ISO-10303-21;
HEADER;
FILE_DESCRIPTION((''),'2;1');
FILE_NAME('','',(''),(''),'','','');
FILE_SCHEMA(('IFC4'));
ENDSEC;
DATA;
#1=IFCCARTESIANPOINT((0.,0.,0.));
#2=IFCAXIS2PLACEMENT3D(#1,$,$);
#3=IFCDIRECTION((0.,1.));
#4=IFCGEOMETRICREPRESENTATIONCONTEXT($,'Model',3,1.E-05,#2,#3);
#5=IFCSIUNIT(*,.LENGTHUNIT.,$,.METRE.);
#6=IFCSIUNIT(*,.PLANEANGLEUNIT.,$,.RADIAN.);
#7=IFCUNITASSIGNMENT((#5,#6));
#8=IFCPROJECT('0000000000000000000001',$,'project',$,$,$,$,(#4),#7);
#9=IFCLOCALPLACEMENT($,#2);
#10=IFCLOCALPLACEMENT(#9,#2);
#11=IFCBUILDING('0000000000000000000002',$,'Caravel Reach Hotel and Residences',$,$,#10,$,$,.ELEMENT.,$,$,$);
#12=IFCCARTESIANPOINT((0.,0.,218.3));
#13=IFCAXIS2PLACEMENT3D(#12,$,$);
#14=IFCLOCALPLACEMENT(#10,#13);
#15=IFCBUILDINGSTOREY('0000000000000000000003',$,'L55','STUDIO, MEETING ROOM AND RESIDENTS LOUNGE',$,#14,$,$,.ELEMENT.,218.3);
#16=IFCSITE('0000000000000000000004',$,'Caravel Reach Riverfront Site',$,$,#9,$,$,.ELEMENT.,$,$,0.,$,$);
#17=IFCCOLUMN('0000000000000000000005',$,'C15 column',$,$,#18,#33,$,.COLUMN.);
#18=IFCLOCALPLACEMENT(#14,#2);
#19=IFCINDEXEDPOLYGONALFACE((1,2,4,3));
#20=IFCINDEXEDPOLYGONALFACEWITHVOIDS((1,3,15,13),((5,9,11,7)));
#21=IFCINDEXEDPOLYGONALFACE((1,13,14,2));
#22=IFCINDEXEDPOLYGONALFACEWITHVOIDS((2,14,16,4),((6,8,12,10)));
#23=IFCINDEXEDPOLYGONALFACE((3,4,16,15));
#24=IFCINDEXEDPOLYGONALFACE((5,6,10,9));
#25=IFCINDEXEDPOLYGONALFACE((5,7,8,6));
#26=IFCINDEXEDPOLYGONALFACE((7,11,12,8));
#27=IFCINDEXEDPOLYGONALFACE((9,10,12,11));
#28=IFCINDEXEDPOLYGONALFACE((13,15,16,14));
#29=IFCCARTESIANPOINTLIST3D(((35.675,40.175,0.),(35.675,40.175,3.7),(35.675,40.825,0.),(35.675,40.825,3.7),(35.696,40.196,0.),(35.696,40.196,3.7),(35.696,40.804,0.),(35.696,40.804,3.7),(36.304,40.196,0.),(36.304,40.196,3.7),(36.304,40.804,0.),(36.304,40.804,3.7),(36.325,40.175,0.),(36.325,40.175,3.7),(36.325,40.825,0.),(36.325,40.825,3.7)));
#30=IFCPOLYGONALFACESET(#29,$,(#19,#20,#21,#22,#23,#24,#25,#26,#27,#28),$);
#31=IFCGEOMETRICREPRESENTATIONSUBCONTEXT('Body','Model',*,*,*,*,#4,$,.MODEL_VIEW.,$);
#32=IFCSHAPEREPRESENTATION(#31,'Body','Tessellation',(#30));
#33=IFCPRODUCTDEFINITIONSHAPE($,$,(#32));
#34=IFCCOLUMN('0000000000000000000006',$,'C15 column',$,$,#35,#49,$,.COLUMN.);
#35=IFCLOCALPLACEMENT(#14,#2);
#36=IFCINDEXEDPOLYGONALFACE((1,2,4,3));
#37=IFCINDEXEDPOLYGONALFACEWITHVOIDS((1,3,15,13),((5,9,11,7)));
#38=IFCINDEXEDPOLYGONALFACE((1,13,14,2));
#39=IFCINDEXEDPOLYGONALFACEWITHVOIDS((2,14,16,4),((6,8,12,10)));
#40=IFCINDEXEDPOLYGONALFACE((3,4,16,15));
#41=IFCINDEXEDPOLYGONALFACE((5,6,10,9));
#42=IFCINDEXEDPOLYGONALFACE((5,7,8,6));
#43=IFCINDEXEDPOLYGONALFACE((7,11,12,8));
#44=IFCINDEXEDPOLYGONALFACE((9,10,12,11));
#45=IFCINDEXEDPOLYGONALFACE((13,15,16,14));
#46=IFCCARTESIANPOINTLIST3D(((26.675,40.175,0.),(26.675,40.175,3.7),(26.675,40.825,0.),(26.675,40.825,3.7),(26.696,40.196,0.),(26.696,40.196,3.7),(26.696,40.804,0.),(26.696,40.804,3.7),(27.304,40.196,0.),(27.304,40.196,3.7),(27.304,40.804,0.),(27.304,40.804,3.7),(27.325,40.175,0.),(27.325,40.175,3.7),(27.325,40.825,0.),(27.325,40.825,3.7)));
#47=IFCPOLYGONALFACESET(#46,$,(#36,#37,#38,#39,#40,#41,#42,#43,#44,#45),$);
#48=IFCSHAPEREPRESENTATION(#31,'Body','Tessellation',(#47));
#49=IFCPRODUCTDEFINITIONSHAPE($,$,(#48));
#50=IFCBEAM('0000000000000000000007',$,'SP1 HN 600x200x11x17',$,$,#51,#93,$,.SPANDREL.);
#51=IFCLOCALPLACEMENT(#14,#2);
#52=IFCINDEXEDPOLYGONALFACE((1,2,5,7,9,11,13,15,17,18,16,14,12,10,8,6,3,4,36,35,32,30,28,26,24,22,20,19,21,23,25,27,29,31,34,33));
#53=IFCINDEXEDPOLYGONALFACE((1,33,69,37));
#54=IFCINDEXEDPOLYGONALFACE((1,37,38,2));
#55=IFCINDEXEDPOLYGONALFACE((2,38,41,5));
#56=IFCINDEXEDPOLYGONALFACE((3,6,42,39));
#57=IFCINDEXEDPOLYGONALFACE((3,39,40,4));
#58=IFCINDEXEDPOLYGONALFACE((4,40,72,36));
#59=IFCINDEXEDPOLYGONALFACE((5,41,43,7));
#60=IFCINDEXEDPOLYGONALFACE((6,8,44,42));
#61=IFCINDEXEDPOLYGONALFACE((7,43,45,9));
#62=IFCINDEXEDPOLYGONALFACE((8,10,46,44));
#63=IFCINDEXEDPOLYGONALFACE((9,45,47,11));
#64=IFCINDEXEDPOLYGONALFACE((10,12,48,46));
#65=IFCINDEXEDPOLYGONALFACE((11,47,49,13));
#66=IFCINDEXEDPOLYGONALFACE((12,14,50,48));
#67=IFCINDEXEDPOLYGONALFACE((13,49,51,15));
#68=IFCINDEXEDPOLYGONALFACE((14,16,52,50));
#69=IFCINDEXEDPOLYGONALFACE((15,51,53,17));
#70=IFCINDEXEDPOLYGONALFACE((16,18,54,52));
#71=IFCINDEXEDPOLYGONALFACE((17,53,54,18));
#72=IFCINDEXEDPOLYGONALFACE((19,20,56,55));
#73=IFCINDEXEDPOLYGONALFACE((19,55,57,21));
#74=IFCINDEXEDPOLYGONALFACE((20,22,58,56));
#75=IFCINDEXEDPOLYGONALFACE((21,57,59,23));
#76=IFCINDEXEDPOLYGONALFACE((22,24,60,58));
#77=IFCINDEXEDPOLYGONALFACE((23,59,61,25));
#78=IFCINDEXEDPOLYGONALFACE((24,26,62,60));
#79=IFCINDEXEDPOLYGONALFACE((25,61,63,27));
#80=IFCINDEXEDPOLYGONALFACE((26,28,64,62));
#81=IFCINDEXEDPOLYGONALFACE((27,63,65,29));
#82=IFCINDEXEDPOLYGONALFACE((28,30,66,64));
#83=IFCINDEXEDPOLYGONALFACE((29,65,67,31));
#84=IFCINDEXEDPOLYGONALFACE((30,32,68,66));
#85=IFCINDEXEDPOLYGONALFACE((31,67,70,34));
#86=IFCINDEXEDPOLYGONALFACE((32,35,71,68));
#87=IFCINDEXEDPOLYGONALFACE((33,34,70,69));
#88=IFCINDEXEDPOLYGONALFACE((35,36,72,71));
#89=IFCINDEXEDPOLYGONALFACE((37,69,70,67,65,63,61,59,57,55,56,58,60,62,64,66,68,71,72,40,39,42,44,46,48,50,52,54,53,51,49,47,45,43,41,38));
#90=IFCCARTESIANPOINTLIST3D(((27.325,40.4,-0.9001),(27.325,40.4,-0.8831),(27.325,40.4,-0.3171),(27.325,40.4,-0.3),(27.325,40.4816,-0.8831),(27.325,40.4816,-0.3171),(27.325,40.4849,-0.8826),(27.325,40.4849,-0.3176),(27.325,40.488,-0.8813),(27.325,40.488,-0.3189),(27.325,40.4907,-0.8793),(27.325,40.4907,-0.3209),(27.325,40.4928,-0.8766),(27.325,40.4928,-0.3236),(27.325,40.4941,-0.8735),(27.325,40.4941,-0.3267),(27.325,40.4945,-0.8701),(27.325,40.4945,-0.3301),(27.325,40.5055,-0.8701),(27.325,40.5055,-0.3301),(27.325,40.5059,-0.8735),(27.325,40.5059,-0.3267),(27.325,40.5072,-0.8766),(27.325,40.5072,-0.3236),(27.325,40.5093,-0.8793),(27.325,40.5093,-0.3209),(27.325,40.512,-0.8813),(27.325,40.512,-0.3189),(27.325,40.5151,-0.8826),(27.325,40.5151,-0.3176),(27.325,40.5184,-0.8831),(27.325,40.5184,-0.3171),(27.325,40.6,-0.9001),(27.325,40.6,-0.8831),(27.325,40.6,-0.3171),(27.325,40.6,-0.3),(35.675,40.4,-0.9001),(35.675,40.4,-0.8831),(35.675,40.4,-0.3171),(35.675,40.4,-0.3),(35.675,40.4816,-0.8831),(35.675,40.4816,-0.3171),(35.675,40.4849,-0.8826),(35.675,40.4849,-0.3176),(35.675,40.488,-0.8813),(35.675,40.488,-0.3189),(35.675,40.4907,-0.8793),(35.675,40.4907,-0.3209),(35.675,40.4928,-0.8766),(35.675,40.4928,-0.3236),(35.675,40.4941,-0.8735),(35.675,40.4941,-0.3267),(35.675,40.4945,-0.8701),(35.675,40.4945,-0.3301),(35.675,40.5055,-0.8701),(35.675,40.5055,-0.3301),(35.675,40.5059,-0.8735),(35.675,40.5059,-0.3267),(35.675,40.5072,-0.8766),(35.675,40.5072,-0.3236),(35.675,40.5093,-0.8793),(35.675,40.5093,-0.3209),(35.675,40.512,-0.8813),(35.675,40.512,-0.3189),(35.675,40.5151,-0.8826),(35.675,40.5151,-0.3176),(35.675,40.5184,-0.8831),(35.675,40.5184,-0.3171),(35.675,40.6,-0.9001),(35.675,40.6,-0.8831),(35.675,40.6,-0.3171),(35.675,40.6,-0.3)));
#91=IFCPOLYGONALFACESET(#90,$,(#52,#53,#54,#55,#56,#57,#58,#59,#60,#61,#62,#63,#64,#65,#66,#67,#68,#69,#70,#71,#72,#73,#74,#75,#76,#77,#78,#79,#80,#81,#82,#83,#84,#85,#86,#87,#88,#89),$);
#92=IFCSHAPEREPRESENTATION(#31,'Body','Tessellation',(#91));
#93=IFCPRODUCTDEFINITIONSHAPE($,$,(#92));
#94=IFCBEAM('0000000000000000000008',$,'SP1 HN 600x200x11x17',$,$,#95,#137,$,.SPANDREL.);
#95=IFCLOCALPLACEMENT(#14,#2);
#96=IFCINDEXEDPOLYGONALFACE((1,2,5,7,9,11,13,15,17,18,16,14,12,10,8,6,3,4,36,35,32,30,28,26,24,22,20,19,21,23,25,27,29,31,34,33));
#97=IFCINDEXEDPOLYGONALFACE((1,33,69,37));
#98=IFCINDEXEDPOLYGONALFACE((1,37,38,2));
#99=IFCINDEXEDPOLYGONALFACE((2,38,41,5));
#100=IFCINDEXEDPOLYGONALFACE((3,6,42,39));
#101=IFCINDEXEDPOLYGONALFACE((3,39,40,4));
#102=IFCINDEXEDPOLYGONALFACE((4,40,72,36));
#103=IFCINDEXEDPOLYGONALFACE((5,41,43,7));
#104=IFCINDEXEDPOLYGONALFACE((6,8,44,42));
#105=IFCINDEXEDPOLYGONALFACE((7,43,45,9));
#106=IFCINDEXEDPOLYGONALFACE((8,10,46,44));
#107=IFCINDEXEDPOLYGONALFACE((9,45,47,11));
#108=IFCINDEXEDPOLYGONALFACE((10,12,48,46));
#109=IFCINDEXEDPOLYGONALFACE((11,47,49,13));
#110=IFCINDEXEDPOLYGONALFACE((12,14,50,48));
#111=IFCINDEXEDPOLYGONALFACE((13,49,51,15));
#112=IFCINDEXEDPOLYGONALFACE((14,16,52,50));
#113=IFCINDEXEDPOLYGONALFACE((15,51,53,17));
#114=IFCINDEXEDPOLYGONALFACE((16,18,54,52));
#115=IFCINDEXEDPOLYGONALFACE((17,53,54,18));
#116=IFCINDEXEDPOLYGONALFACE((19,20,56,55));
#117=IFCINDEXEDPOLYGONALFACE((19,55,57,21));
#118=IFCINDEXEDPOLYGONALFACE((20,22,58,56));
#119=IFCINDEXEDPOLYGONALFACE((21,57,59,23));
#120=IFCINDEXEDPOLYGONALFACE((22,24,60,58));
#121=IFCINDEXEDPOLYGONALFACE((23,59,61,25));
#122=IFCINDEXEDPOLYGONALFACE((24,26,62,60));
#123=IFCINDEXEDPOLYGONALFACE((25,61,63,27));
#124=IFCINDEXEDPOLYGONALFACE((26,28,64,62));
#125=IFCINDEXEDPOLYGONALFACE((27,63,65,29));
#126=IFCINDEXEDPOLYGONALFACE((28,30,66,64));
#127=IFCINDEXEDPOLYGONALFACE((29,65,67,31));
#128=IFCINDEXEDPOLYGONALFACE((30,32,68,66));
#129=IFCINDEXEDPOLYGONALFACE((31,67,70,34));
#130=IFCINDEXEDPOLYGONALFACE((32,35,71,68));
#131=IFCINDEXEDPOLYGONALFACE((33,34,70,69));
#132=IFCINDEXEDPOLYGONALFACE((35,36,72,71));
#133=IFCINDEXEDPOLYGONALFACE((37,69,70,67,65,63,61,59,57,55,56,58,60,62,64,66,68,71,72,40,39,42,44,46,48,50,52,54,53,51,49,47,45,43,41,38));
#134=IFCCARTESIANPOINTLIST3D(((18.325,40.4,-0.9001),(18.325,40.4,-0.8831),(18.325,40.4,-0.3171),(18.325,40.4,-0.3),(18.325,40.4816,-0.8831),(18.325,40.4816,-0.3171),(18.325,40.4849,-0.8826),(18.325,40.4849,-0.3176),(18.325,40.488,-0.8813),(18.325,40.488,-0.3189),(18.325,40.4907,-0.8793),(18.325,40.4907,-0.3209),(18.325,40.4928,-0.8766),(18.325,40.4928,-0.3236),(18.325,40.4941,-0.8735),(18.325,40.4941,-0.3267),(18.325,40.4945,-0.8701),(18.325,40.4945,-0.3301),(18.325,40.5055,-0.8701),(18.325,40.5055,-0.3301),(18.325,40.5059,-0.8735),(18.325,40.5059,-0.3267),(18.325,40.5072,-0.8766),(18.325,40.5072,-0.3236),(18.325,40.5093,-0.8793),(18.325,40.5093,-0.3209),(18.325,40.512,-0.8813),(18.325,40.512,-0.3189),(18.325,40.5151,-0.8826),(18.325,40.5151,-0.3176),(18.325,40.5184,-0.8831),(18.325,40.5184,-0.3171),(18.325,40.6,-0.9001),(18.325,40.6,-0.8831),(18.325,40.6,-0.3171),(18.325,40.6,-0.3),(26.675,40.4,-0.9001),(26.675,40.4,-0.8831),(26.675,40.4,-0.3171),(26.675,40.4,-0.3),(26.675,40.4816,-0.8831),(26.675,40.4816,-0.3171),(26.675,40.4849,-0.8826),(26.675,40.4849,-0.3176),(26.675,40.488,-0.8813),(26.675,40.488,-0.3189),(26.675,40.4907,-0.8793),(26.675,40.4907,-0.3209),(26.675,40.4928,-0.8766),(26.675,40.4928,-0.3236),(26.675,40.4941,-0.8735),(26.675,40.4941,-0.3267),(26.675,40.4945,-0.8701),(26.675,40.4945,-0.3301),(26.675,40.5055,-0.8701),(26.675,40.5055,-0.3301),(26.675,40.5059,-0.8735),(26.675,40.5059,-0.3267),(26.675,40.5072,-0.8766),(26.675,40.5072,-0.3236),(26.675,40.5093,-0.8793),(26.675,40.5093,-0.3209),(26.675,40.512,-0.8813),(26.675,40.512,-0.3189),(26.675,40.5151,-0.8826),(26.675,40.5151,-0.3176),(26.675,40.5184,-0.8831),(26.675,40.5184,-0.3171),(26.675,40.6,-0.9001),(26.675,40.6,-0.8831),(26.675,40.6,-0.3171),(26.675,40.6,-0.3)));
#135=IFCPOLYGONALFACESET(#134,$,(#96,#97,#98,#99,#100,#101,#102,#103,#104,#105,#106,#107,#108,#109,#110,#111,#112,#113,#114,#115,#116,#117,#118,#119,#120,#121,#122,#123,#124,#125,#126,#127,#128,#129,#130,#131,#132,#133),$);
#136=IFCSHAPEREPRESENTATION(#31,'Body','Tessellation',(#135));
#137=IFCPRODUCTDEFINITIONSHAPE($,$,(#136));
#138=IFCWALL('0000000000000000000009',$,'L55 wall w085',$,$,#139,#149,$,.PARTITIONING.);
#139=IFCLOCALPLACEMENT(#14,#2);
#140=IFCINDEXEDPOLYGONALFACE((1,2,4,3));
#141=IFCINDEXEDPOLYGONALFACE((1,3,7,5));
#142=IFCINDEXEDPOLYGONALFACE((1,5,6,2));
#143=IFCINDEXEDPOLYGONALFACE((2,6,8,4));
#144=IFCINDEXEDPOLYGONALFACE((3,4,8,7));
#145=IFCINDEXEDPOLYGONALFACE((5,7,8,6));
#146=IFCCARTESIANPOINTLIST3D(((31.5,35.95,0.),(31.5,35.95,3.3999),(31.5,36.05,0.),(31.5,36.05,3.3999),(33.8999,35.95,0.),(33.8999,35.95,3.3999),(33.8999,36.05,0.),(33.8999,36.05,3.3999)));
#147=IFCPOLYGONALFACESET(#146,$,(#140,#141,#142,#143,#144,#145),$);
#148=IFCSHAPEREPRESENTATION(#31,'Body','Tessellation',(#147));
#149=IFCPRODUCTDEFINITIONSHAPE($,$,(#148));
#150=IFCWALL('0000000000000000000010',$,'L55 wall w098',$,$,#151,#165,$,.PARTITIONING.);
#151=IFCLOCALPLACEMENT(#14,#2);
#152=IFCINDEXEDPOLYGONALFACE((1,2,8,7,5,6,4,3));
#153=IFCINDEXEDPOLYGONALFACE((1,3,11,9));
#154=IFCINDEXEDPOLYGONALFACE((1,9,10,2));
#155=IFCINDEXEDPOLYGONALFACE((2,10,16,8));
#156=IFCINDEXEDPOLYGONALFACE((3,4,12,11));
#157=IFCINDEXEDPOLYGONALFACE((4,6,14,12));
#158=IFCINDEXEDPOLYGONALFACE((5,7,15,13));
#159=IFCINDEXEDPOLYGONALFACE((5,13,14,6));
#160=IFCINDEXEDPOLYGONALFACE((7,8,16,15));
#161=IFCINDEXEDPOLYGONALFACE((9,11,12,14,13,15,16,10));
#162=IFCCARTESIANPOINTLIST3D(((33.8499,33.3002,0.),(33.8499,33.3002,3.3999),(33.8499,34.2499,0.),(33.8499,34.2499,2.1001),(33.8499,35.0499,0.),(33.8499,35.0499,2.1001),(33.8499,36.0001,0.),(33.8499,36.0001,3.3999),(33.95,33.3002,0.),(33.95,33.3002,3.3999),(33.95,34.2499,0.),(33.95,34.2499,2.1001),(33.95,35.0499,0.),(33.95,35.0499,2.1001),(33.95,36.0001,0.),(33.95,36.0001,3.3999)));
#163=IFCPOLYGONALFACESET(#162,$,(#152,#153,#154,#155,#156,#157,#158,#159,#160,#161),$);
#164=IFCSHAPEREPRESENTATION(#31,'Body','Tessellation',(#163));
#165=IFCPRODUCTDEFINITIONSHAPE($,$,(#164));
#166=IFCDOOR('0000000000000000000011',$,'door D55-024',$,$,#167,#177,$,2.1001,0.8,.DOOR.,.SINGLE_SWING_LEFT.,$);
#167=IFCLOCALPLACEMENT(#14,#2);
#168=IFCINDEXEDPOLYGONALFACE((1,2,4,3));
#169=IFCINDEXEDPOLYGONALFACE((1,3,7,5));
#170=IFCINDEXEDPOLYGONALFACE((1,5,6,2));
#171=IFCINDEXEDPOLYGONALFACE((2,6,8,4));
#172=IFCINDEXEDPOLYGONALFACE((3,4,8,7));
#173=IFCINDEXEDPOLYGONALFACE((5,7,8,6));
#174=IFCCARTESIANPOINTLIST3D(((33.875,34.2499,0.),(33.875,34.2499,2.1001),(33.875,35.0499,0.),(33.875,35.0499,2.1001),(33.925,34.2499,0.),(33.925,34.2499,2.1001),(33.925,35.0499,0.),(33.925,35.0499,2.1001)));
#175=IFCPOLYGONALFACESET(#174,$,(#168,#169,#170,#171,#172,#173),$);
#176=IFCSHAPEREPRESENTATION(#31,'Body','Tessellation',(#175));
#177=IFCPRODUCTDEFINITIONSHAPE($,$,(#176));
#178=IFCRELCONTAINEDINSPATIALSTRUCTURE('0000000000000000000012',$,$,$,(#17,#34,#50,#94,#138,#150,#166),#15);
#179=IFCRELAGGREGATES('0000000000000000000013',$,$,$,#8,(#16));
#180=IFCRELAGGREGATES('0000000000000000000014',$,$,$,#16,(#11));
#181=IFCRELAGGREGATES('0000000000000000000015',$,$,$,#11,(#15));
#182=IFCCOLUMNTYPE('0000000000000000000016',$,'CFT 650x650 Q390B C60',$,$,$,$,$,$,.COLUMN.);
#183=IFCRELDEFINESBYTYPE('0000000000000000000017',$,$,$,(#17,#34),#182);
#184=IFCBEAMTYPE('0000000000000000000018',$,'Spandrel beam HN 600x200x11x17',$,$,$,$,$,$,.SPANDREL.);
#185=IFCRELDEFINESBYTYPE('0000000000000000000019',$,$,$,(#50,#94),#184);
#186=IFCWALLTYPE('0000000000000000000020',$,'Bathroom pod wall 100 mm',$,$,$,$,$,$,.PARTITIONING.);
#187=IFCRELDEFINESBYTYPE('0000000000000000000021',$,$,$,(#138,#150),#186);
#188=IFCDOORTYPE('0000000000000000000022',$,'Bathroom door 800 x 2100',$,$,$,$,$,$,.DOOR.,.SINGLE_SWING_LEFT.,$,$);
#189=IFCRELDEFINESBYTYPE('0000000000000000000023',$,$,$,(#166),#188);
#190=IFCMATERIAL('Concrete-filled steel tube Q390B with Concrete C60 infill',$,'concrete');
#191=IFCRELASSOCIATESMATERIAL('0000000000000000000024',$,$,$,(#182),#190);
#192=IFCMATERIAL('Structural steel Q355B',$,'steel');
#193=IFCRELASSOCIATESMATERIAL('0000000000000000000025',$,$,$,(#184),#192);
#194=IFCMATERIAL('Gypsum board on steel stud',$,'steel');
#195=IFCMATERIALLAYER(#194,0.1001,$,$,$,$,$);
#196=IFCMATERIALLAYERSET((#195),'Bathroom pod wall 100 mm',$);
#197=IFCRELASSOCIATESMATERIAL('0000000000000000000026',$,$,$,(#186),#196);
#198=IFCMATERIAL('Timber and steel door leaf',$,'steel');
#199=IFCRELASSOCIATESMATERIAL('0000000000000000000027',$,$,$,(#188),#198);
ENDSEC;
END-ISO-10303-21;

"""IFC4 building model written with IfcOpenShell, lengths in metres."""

from ifc_helpers import new_model, si_unit, direction, frame, frame_2d, origin, origin_2d, place, context, subcontext, project, spatial, rectangle, hollow_rectangle, i_section, extrude, material, layer, layer_set, material_profile, profile_set, type_object, element, fill, save


model = new_model("IFC4")

# Units and contexts
model_context = context("Model", 3, precision=1e-05, world=origin(), true_north=direction((0.0, 1.0)))
body_context = subcontext(model_context, "Body", "Model", "MODEL_VIEW")
ifc_project = project(units=[si_unit("LENGTHUNIT", "METRE"), si_unit("PLANEANGLEUNIT", "RADIAN")], contexts=[model_context])

# Site, building, storey
site_placement = place(None, origin())
site = spatial("IfcSite", under=ifc_project, at=site_placement, Name="Caravel Reach Riverfront Site", CompositionType="ELEMENT", RefElevation=0.0)
building_placement = place(site_placement, origin())
building = spatial("IfcBuilding", under=site, at=building_placement, Name="Caravel Reach Hotel and Residences", CompositionType="ELEMENT")
storey_placement = place(building_placement, frame((0.0, 0.0, 218.3)))
storey = spatial("IfcBuildingStorey", under=building, at=storey_placement, Name="L55", Description="STUDIO, MEETING ROOM AND RESIDENTS LOUNGE", CompositionType="ELEMENT", Elevation=218.3)

# Columns
ifc_material_1 = material(Name="Concrete-filled steel tube Q390B with Concrete C60 infill", Category="concrete")
ifc_material_profile_1 = material_profile(ifc_material_1, hollow_rectangle(XDim=0.6499, YDim=0.6499, WallThickness=0.021, at=origin_2d()), Name="RHS 650x650x21")
ifc_profile_set_1 = profile_set([ifc_material_profile_1], Name="Concrete-filled steel tube Q390B with Concrete C60 infill")
column_type = type_object("IfcColumnType", Name="CFT 650x650 Q390B C60", PredefinedType="COLUMN", material=ifc_profile_set_1)
for number, where, z_axis, x_axis, name in (
    (1, (36.0, 40.5, 0.0), (0.0, 0.0, 1.0), (1.0, 0.0, 0.0), "C15 column"),
    (2, (27.0, 40.5, 0.0), (0.0, 0.0, 1.0), (1.0, 0.0, 0.0), "C15 column"),
):
    element("IfcColumn", number, at=place(storey_placement, frame(where, z_axis=z_axis, x_axis=x_axis)), inside=storey, type_object=column_type, Name=name, PredefinedType="COLUMN", context=body_context, shape_type="SweptSolid", body=[
        extrude(hollow_rectangle(XDim=0.6499, YDim=0.6499, WallThickness=0.021, at=origin_2d()), origin(), (0.0, 0.0, 1.0), 3.7),
    ])

# Beams
ifc_material_2 = material(Name="Structural steel Q355B", Category="steel")
ifc_material_profile_2 = material_profile(ifc_material_2, i_section(OverallWidth=0.2, OverallDepth=0.6001, WebThickness=0.011, FlangeThickness=0.0171, FilletRadius=0.0129, at=origin_2d()), Name="HN 600x200x11x17")
ifc_profile_set_2 = profile_set([ifc_material_profile_2], Name="Structural steel Q355B")
beam_type = type_object("IfcBeamType", Name="Spandrel beam HN 600x200x11x17", PredefinedType="SPANDREL", material=ifc_profile_set_2)
for number, where, z_axis, x_axis, name in (
    (3, (35.675, 40.5, -0.6001), (-1.0, 0.0, 0.0), (0.0, -1.0, 0.0), "SP1 HN 600x200x11x17"),
    (4, (26.675, 40.5, -0.6001), (-1.0, 0.0, 0.0), (0.0, -1.0, 0.0), "SP1 HN 600x200x11x17"),
):
    element("IfcBeam", number, at=place(storey_placement, frame(where, z_axis=z_axis, x_axis=x_axis)), inside=storey, type_object=beam_type, Name=name, PredefinedType="SPANDREL", context=body_context, shape_type="SweptSolid", body=[
        extrude(i_section(OverallWidth=0.2, OverallDepth=0.6001, WebThickness=0.011, FlangeThickness=0.0171, FilletRadius=0.0129, at=origin_2d()), origin(), (0.0, 0.0, 1.0), 8.3501),
    ])

# Wall
ifc_material_3 = material(Name="Gypsum board on steel stud", Category="steel")
ifc_layer_1 = layer(ifc_material_3, 0.1001)
ifc_layer_set_1 = layer_set([ifc_layer_1], Name="Bathroom pod wall 100 mm")
wall_type_1 = type_object("IfcWallType", Name="Bathroom pod wall 100 mm", PredefinedType="PARTITIONING", material=ifc_layer_set_1)
wall_1_placement = place(storey_placement, frame((31.5, 36.0, 0.0), z_axis=(0.0, 0.0, 1.0), x_axis=(1.0, 0.0, 0.0)))
element("IfcWall", 5, at=wall_1_placement, inside=storey, type_object=wall_type_1, Name="L55 wall w085", PredefinedType="PARTITIONING", context=body_context, shape_type="SweptSolid", body=[
    extrude(rectangle(XDim=2.3999, YDim=0.1001, at=frame_2d((1.2, 0.0))), origin(), (0.0, 0.0, 1.0), 3.3999),
])

# Wall, opening, door
wall_2_placement = place(storey_placement, frame((33.8999, 33.3, 0.0), z_axis=(0.0, 0.0, 1.0), x_axis=(0.0, 1.0, 0.0)))
wall_2 = element("IfcWall", 6, at=wall_2_placement, inside=storey, type_object=wall_type_1, Name="L55 wall w098", PredefinedType="PARTITIONING", context=body_context, shape_type="SweptSolid", body=[
    extrude(rectangle(XDim=2.7, YDim=0.1001, at=frame_2d((1.3501, 0.0))), origin(), (0.0, 0.0, 1.0), 3.3999),
])
opening_1_placement = place(wall_2_placement, frame((0.95, 0.0, 0.0)))
opening_1 = element("IfcOpeningElement", 7, at=opening_1_placement, cuts=wall_2, PredefinedType="OPENING", context=body_context, shape_type="SweptSolid", body=[
    extrude(rectangle(XDim=0.8, YDim=2.1001, at=frame_2d((0.3999, 1.05))), frame((0.0, 0.0601, 0.0), z_axis=(0.0, -1.0, 0.0), x_axis=(1.0, 0.0, 0.0)), (0.0, 0.0, 1.0), 0.1201),
])
ifc_material_4 = material(Name="Timber and steel door leaf", Category="steel")
door_type_1 = type_object("IfcDoorType", Name="Bathroom door 800 x 2100", OperationType="SINGLE_SWING_LEFT", PredefinedType="DOOR", material=ifc_material_4)
door_1_placement = place(opening_1_placement, origin())
door_1 = element("IfcDoor", 8, at=door_1_placement, inside=storey, type_object=door_type_1, Name="door D55-024", OperationType="SINGLE_SWING_LEFT", OverallHeight=2.1001, OverallWidth=0.8, PredefinedType="DOOR", context=body_context, shape_type="SweptSolid", body=[
    extrude(rectangle(XDim=0.8, YDim=2.1001, at=frame_2d((0.3999, 1.05))), frame((0.0, 0.0249, 0.0), z_axis=(0.0, -1.0, 0.0), x_axis=(1.0, 0.0, 0.0)), (0.0, 0.0, 1.0), 0.05),
])
fill(opening_1, door_1)

save(model, "model.ifc")
